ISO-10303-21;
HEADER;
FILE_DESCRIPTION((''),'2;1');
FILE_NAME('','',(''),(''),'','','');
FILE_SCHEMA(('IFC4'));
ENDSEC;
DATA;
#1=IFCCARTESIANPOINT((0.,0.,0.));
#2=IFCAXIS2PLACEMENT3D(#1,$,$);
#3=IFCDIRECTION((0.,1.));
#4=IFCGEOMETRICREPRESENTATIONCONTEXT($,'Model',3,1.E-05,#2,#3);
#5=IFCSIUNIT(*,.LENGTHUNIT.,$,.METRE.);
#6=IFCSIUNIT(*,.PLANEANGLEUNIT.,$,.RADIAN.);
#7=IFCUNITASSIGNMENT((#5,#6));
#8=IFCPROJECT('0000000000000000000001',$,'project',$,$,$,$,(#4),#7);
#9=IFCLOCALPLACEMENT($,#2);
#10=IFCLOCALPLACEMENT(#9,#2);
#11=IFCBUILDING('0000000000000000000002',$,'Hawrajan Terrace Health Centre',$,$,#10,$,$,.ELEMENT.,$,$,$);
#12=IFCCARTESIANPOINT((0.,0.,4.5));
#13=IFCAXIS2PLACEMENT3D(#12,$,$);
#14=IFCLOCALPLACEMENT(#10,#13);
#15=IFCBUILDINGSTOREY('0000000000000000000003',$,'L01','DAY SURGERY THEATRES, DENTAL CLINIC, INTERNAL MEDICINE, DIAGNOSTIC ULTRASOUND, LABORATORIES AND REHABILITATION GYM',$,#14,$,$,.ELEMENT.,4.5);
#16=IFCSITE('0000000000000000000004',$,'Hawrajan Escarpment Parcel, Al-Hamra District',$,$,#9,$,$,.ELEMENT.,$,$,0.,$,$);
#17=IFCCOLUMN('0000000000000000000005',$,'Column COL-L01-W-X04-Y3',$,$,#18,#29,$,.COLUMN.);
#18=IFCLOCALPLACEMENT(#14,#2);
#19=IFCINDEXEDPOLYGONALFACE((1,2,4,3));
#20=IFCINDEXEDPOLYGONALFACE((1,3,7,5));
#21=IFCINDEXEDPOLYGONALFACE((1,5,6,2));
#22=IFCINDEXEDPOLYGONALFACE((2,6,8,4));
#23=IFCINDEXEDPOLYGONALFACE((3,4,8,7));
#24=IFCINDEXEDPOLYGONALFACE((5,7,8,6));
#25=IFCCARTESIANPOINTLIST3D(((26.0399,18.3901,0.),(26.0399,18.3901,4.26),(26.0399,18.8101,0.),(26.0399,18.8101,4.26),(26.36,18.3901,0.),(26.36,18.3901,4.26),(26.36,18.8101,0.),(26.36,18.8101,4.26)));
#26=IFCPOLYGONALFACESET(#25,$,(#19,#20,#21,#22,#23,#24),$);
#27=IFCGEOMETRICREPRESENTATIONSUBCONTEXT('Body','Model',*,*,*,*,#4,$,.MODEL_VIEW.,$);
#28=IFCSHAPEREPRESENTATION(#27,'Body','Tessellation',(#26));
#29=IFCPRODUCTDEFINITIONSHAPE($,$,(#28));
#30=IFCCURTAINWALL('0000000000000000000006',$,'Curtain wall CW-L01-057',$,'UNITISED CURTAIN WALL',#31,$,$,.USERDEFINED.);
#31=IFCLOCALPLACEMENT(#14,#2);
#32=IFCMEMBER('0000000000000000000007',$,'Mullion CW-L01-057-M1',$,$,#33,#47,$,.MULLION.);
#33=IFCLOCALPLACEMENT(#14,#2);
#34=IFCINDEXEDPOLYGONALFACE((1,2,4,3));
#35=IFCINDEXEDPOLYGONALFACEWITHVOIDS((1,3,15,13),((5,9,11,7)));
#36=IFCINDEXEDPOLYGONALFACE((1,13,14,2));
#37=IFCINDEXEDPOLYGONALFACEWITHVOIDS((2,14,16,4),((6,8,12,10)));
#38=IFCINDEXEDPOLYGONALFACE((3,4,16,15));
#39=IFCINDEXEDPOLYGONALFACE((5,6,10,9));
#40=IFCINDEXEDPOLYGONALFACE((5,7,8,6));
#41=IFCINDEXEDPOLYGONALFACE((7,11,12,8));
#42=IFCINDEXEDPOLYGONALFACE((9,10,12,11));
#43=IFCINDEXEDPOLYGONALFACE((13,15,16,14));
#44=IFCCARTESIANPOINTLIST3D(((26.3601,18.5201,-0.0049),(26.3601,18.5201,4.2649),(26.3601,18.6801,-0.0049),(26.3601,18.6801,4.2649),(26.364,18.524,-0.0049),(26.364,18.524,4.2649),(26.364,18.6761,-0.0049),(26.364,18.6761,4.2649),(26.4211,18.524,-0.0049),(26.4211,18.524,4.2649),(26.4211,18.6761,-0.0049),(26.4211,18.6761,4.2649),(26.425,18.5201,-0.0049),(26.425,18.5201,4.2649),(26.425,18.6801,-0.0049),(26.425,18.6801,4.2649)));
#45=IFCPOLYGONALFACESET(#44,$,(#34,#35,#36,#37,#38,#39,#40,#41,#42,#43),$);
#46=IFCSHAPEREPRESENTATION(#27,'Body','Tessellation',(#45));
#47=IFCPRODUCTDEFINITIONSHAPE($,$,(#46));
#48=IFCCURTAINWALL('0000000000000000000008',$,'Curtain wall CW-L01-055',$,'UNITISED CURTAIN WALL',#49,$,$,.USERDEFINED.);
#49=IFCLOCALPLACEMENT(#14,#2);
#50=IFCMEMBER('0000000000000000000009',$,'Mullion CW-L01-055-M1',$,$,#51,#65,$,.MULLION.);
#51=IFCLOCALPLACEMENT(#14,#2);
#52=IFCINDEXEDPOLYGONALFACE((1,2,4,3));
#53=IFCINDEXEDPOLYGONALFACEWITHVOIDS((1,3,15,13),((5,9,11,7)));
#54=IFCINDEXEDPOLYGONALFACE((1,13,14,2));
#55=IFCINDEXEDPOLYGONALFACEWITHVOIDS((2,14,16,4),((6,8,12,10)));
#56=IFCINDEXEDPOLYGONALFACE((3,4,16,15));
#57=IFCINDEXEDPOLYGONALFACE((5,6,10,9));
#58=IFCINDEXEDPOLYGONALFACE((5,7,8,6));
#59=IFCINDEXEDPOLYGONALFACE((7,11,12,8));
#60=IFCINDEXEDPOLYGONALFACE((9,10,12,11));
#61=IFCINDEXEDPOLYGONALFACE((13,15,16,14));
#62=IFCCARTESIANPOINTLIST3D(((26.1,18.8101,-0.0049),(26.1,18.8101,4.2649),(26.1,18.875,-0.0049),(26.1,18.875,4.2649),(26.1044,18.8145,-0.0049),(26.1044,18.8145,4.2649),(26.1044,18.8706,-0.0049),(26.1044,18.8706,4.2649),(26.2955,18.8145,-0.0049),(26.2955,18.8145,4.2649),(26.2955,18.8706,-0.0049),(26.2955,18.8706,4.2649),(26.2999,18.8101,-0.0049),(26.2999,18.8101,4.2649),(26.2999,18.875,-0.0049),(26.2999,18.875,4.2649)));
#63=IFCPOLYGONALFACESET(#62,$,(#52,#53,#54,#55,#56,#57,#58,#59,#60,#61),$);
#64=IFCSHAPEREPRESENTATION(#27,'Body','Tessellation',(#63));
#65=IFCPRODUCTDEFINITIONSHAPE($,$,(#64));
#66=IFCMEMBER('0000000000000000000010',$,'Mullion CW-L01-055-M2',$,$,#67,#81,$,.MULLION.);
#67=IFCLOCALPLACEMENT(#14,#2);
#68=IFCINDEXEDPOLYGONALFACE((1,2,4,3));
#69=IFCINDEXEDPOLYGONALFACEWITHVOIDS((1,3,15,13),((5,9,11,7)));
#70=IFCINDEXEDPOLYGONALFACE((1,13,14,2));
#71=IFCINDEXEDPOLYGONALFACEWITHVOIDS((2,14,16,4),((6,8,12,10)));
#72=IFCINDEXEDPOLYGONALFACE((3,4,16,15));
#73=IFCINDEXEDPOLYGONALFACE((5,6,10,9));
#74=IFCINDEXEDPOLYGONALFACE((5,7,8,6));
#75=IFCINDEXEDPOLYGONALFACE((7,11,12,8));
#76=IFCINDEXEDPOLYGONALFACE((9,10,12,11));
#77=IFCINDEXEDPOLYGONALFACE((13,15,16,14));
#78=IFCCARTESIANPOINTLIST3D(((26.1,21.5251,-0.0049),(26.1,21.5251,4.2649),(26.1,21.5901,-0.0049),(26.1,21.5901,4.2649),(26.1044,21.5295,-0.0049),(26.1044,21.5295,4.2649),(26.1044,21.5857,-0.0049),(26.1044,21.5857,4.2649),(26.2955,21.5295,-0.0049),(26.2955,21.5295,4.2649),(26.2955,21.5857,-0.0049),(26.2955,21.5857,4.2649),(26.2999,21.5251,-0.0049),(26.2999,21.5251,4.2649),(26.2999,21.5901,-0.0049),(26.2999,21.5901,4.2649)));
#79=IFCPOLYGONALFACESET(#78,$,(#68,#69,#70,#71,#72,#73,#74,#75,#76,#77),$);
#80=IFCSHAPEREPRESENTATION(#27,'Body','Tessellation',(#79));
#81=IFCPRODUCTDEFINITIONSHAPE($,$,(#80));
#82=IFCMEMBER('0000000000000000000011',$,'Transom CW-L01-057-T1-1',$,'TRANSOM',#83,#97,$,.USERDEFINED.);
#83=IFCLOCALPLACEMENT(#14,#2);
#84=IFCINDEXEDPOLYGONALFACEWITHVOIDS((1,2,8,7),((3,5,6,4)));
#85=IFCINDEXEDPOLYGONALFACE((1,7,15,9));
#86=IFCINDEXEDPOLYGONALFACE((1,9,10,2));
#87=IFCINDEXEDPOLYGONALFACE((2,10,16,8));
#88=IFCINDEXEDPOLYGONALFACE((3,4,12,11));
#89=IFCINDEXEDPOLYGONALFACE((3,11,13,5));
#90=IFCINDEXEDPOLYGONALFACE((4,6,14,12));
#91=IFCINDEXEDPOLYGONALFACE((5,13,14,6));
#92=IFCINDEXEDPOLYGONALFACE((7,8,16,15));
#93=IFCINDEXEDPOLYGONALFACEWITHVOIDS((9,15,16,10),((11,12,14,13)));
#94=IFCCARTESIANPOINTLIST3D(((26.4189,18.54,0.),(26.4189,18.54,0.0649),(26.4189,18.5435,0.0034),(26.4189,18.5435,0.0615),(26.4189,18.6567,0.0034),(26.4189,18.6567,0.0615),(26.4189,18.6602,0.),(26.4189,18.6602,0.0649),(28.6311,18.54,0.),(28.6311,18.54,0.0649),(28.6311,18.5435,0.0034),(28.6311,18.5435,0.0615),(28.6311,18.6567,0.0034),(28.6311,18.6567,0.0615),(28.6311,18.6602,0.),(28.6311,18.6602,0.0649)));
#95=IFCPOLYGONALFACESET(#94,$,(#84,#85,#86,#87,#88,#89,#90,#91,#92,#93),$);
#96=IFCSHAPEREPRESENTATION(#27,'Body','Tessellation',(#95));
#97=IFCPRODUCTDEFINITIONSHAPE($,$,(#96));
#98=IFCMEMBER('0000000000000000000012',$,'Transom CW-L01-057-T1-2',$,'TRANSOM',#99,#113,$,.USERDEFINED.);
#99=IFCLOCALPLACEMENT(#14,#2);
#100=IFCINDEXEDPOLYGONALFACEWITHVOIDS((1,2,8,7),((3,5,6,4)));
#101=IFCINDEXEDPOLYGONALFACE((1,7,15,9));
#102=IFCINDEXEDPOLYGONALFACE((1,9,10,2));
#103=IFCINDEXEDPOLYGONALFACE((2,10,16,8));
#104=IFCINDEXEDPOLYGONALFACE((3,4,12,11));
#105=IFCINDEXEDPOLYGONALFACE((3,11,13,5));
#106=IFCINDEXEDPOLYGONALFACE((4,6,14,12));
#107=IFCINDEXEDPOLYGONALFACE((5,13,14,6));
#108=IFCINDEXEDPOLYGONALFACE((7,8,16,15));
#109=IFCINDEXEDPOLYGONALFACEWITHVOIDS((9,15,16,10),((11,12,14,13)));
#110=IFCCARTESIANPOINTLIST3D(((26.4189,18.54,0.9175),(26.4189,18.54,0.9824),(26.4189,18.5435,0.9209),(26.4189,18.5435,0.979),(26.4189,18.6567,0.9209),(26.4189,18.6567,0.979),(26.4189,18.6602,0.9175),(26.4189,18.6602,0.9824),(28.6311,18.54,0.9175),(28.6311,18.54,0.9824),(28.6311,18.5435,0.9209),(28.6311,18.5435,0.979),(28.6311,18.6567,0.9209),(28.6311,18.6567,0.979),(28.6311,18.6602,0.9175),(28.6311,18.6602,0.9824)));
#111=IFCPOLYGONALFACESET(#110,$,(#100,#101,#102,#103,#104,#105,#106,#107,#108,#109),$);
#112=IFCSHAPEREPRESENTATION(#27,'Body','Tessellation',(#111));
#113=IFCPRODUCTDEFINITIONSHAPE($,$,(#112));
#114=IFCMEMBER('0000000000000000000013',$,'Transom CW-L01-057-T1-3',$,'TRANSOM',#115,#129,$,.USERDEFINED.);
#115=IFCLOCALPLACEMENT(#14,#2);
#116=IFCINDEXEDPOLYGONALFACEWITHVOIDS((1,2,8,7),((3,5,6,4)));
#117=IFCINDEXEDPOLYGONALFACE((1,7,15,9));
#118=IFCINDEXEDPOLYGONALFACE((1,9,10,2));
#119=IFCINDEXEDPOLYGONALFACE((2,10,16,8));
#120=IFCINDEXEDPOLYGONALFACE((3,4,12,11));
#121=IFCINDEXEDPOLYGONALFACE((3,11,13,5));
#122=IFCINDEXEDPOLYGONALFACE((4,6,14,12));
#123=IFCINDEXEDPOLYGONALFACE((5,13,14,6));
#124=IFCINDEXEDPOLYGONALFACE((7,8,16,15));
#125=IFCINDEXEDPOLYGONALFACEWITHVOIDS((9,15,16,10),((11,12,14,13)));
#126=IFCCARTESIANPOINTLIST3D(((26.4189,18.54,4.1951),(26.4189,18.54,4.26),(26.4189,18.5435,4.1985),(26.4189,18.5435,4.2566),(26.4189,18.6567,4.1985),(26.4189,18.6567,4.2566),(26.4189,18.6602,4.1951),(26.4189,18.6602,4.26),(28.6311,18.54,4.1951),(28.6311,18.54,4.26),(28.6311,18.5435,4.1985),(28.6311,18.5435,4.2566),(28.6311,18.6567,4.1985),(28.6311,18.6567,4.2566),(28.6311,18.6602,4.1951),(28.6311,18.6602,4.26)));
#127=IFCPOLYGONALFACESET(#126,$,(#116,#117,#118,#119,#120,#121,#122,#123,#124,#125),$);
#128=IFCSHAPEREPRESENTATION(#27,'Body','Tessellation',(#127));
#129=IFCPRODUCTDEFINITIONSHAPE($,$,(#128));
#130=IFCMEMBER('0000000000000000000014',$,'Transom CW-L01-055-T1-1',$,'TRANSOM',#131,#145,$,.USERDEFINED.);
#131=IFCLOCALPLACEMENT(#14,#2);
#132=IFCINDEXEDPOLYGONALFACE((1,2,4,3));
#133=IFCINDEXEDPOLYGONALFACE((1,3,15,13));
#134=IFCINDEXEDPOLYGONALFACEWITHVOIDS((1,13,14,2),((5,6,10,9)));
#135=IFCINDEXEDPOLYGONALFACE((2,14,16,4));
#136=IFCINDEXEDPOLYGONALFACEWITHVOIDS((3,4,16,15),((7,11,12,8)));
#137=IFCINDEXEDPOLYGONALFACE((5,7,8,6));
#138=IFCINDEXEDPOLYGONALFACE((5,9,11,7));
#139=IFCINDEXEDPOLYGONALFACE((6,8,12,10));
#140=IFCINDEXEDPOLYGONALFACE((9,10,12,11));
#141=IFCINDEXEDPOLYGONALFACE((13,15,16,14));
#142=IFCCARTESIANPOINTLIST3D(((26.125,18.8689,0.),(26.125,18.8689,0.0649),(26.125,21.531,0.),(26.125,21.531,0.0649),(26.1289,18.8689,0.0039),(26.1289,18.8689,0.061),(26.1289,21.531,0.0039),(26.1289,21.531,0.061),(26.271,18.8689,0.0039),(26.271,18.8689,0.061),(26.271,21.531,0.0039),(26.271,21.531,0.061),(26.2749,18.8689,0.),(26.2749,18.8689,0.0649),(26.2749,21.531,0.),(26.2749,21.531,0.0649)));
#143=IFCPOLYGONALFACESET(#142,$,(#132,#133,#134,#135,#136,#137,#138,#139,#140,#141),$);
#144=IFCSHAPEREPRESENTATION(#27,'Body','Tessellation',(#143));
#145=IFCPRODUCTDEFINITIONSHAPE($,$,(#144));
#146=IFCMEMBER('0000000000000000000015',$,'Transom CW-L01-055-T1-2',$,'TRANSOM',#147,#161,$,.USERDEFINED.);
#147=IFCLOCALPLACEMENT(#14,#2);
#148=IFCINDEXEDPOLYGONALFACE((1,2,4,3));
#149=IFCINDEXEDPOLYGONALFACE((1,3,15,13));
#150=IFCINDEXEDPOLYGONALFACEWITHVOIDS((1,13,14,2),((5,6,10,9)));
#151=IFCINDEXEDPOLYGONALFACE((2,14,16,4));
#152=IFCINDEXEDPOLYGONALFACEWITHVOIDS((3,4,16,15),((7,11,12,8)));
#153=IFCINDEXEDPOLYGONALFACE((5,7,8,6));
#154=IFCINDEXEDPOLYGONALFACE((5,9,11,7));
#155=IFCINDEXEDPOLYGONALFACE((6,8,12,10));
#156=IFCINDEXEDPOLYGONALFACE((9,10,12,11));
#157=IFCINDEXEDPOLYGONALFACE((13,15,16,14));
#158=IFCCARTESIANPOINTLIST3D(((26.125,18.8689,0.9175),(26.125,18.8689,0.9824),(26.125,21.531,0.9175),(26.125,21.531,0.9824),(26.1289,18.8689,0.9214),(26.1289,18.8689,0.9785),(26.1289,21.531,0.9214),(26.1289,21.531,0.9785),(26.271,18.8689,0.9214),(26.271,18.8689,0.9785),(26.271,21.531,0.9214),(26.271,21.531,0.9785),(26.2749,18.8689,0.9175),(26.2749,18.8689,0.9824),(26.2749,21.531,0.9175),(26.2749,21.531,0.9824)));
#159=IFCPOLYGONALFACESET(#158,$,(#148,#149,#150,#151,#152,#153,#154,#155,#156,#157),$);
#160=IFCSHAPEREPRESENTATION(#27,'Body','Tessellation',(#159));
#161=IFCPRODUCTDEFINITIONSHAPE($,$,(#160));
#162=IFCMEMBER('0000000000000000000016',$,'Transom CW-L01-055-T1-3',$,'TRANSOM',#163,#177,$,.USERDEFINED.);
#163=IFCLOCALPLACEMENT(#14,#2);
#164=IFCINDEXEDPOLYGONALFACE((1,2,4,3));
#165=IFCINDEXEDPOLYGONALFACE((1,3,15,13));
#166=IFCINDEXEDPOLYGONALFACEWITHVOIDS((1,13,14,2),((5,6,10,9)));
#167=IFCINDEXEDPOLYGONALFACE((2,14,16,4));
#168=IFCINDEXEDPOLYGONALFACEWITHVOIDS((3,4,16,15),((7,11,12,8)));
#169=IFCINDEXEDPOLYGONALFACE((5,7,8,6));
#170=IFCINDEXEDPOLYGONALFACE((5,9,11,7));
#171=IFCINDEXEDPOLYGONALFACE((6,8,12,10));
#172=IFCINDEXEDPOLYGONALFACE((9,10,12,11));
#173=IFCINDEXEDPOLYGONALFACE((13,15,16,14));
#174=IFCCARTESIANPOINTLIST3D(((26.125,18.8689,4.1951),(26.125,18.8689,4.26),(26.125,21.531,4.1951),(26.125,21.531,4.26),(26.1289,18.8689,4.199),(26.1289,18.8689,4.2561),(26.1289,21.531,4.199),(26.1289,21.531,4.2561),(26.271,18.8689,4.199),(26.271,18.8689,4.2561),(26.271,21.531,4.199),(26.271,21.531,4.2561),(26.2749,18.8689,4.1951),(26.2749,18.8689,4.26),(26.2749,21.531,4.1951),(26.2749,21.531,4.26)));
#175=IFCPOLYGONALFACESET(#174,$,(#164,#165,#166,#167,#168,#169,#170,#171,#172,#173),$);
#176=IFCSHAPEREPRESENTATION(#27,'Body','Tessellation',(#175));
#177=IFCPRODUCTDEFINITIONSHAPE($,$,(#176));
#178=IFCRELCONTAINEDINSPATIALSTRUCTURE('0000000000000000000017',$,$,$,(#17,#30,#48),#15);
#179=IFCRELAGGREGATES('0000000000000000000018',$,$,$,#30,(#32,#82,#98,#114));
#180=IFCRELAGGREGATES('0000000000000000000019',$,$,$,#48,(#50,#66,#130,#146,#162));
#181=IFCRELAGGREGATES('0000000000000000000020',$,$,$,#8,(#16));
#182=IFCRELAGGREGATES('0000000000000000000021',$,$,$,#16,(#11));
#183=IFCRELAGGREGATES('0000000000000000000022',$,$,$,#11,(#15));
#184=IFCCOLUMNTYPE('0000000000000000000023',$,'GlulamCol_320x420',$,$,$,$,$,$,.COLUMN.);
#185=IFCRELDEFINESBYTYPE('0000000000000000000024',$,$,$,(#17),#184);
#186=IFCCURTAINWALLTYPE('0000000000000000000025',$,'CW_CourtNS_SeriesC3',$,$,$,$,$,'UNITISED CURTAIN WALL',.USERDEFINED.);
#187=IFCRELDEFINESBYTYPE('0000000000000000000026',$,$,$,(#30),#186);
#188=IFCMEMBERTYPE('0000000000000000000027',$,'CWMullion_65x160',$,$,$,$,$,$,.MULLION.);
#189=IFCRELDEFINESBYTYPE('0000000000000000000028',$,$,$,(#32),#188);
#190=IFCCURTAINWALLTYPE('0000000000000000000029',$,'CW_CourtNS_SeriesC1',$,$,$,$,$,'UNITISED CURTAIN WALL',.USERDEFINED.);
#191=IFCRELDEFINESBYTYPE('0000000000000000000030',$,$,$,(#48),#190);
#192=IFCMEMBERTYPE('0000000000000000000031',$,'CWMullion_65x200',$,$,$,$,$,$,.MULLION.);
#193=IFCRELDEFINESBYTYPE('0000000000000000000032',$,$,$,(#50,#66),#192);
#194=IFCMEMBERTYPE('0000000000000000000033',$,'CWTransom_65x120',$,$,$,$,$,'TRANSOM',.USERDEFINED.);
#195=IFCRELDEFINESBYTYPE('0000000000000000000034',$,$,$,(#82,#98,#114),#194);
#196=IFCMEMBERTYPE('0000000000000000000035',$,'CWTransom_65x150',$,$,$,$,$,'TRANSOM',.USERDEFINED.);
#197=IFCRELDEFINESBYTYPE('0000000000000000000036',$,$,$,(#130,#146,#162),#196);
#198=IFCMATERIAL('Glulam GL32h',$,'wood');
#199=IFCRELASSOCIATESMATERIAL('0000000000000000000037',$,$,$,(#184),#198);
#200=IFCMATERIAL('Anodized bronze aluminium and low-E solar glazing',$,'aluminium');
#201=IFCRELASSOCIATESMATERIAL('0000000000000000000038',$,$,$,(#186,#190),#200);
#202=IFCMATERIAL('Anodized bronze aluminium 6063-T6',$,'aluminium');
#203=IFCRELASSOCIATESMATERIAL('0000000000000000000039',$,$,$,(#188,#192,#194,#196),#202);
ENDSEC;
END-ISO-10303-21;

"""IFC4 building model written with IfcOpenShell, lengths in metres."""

from ifc_helpers import new_model, si_unit, direction, frame, origin, origin_2d, place, context, subcontext, project, spatial, rectangle, hollow_rectangle, extrude, material, material_profile, profile_set, type_object, element, aggregate, save


model = new_model("IFC4")

# Units and contexts
model_context = context("Model", 3, precision=1e-05, world=origin(), true_north=direction((0.0, 1.0)))
body_context = subcontext(model_context, "Body", "Model", "MODEL_VIEW")
ifc_project = project(units=[si_unit("LENGTHUNIT", "METRE"), si_unit("PLANEANGLEUNIT", "RADIAN")], contexts=[model_context])

# Site, building, storey
site_placement = place(None, origin())
site = spatial("IfcSite", under=ifc_project, at=site_placement, Name="Hawrajan Escarpment Parcel, Al-Hamra District", CompositionType="ELEMENT", RefElevation=0.0)
building_placement = place(site_placement, origin())
building = spatial("IfcBuilding", under=site, at=building_placement, Name="Hawrajan Terrace Health Centre", CompositionType="ELEMENT")
storey_placement = place(building_placement, frame((0.0, 0.0, 4.5)))
storey = spatial("IfcBuildingStorey", under=building, at=storey_placement, Name="L01", Description="DAY SURGERY THEATRES, DENTAL CLINIC, INTERNAL MEDICINE, DIAGNOSTIC ULTRASOUND, LABORATORIES AND REHABILITATION GYM", CompositionType="ELEMENT", Elevation=4.5)

# Column
ifc_material_1 = material(Name="Glulam GL32h", Category="wood")
ifc_material_profile_1 = material_profile(ifc_material_1, rectangle(XDim=0.3201, YDim=0.4199, at=origin_2d()), Name="GL 320x420")
ifc_profile_set_1 = profile_set([ifc_material_profile_1], Name="Glulam GL32h")
column_type = type_object("IfcColumnType", Name="GlulamCol_320x420", PredefinedType="COLUMN", material=ifc_profile_set_1)
column_placement = place(storey_placement, frame((26.2, 18.6001, 0.0), z_axis=(0.0, 0.0, 1.0), x_axis=(1.0, 0.0, 0.0)))
element("IfcColumn", 1, at=column_placement, inside=storey, type_object=column_type, Name="Column COL-L01-W-X04-Y3", PredefinedType="COLUMN", context=body_context, shape_type="SweptSolid", body=[
    extrude(rectangle(XDim=0.3201, YDim=0.4199, at=origin_2d()), origin(), (0.0, 0.0, 1.0), 4.26),
])

# Curtain wall, member
ifc_material_2 = material(Name="Anodized bronze aluminium and low-E solar glazing", Category="aluminium")
curtain_wall_type_1 = type_object("IfcCurtainWallType", Name="CW_CourtNS_SeriesC3", ElementType="UNITISED CURTAIN WALL", PredefinedType="USERDEFINED", material=ifc_material_2)
curtain_wall_1_placement = place(storey_placement, origin())
curtain_wall_1 = element("IfcCurtainWall", 2, at=curtain_wall_1_placement, inside=storey, type_object=curtain_wall_type_1, Name="Curtain wall CW-L01-057", ObjectType="UNITISED CURTAIN WALL", PredefinedType="USERDEFINED")
ifc_material_3 = material(Name="Anodized bronze aluminium 6063-T6", Category="aluminium")
ifc_material_profile_2 = material_profile(ifc_material_3, hollow_rectangle(XDim=0.0649, YDim=0.1599, WallThickness=0.0039, at=origin_2d()), Name="CW MUL 65x160")
ifc_profile_set_2 = profile_set([ifc_material_profile_2], Name="Anodized bronze aluminium 6063-T6")
member_type_1 = type_object("IfcMemberType", Name="CWMullion_65x160", PredefinedType="MULLION", material=ifc_profile_set_2)
member_1_placement = place(storey_placement, frame((26.3926, 18.6001, -0.0049), z_axis=(0.0, 0.0, 1.0), x_axis=(1.0, 0.0, 0.0)))
member_1 = element("IfcMember", 3, at=member_1_placement, type_object=member_type_1, Name="Mullion CW-L01-057-M1", PredefinedType="MULLION", context=body_context, shape_type="SweptSolid", body=[
    extrude(hollow_rectangle(XDim=0.0649, YDim=0.1599, WallThickness=0.0039, at=origin_2d()), origin(), (0.0, 0.0, 1.0), 4.2698),
])

# Curtain wall, members
curtain_wall_type_2 = type_object("IfcCurtainWallType", Name="CW_CourtNS_SeriesC1", ElementType="UNITISED CURTAIN WALL", PredefinedType="USERDEFINED", material=ifc_material_2)
curtain_wall_2_placement = place(storey_placement, origin())
curtain_wall_2 = element("IfcCurtainWall", 4, at=curtain_wall_2_placement, inside=storey, type_object=curtain_wall_type_2, Name="Curtain wall CW-L01-055", ObjectType="UNITISED CURTAIN WALL", PredefinedType="USERDEFINED")
ifc_material_profile_3 = material_profile(ifc_material_3, hollow_rectangle(XDim=0.0649, YDim=0.2, WallThickness=0.0044, at=origin_2d()), Name="CW MUL 65x200")
ifc_profile_set_3 = profile_set([ifc_material_profile_3], Name="Anodized bronze aluminium 6063-T6")
member_type_2 = type_object("IfcMemberType", Name="CWMullion_65x200", PredefinedType="MULLION", material=ifc_profile_set_3)
member_2_placement = place(storey_placement, frame((26.2, 18.8425, -0.0049), z_axis=(0.0, 0.0, 1.0), x_axis=(0.0, 1.0, 0.0)))
member_2 = element("IfcMember", 5, at=member_2_placement, type_object=member_type_2, Name="Mullion CW-L01-055-M1", PredefinedType="MULLION", context=body_context, shape_type="SweptSolid", body=[
    extrude(hollow_rectangle(XDim=0.0649, YDim=0.2, WallThickness=0.0044, at=origin_2d()), origin(), (0.0, 0.0, 1.0), 4.2698),
])
member_3_placement = place(storey_placement, frame((26.2, 21.5576, -0.0049), z_axis=(0.0, 0.0, 1.0), x_axis=(0.0, 1.0, 0.0)))
member_3 = element("IfcMember", 6, at=member_3_placement, type_object=member_type_2, Name="Mullion CW-L01-055-M2", PredefinedType="MULLION", context=body_context, shape_type="SweptSolid", body=[
    extrude(hollow_rectangle(XDim=0.0649, YDim=0.2, WallThickness=0.0044, at=origin_2d()), origin(), (0.0, 0.0, 1.0), 4.2698),
])

# Members
ifc_material_profile_4 = material_profile(ifc_material_3, hollow_rectangle(XDim=0.0649, YDim=0.1201, WallThickness=0.0034, at=origin_2d()), Name="CW TRN 65x120")
ifc_profile_set_4 = profile_set([ifc_material_profile_4], Name="Anodized bronze aluminium 6063-T6")
member_type_3 = type_object("IfcMemberType", Name="CWTransom_65x120", ElementType="TRANSOM", PredefinedType="USERDEFINED", material=ifc_profile_set_4)
member_4_placement = place(storey_placement, frame((26.4189, 18.6001, 0.0325), z_axis=(1.0, 0.0, 0.0), x_axis=(0.0, 0.0, 1.0)))
member_4 = element("IfcMember", 7, at=member_4_placement, type_object=member_type_3, Name="Transom CW-L01-057-T1-1", ObjectType="TRANSOM", PredefinedType="USERDEFINED", context=body_context, shape_type="SweptSolid", body=[
    extrude(hollow_rectangle(XDim=0.0649, YDim=0.1201, WallThickness=0.0034, at=origin_2d()), origin(), (0.0, 0.0, 1.0), 2.2122),
])
member_5_placement = place(storey_placement, frame((26.4189, 18.6001, 0.95), z_axis=(1.0, 0.0, 0.0), x_axis=(0.0, 0.0, 1.0)))
member_5 = element("IfcMember", 8, at=member_5_placement, type_object=member_type_3, Name="Transom CW-L01-057-T1-2", ObjectType="TRANSOM", PredefinedType="USERDEFINED", context=body_context, shape_type="SweptSolid", body=[
    extrude(hollow_rectangle(XDim=0.0649, YDim=0.1201, WallThickness=0.0034, at=origin_2d()), origin(), (0.0, 0.0, 1.0), 2.2122),
])
member_6_placement = place(storey_placement, frame((26.4189, 18.6001, 4.2275), z_axis=(1.0, 0.0, 0.0), x_axis=(0.0, 0.0, 1.0)))
member_6 = element("IfcMember", 9, at=member_6_placement, type_object=member_type_3, Name="Transom CW-L01-057-T1-3", ObjectType="TRANSOM", PredefinedType="USERDEFINED", context=body_context, shape_type="SweptSolid", body=[
    extrude(hollow_rectangle(XDim=0.0649, YDim=0.1201, WallThickness=0.0034, at=origin_2d()), origin(), (0.0, 0.0, 1.0), 2.2122),
])
aggregate(curtain_wall_1, [member_1, member_4, member_5, member_6])
ifc_material_profile_5 = material_profile(ifc_material_3, hollow_rectangle(XDim=0.0649, YDim=0.1499, WallThickness=0.0039, at=origin_2d()), Name="CW TRN 65x150")
ifc_profile_set_5 = profile_set([ifc_material_profile_5], Name="Anodized bronze aluminium 6063-T6")
member_type_4 = type_object("IfcMemberType", Name="CWTransom_65x150", ElementType="TRANSOM", PredefinedType="USERDEFINED", material=ifc_profile_set_5)
member_7_placement = place(storey_placement, frame((26.2, 18.8689, 0.0325), z_axis=(0.0, 1.0, 0.0), x_axis=(0.0, 0.0, 1.0)))
member_7 = element("IfcMember", 10, at=member_7_placement, type_object=member_type_4, Name="Transom CW-L01-055-T1-1", ObjectType="TRANSOM", PredefinedType="USERDEFINED", context=body_context, shape_type="SweptSolid", body=[
    extrude(hollow_rectangle(XDim=0.0649, YDim=0.1499, WallThickness=0.0039, at=origin_2d()), origin(), (0.0, 0.0, 1.0), 2.6621),
])
member_8_placement = place(storey_placement, frame((26.2, 18.8689, 0.95), z_axis=(0.0, 1.0, 0.0), x_axis=(0.0, 0.0, 1.0)))
member_8 = element("IfcMember", 11, at=member_8_placement, type_object=member_type_4, Name="Transom CW-L01-055-T1-2", ObjectType="TRANSOM", PredefinedType="USERDEFINED", context=body_context, shape_type="SweptSolid", body=[
    extrude(hollow_rectangle(XDim=0.0649, YDim=0.1499, WallThickness=0.0039, at=origin_2d()), origin(), (0.0, 0.0, 1.0), 2.6621),
])
member_9_placement = place(storey_placement, frame((26.2, 18.8689, 4.2275), z_axis=(0.0, 1.0, 0.0), x_axis=(0.0, 0.0, 1.0)))
member_9 = element("IfcMember", 12, at=member_9_placement, type_object=member_type_4, Name="Transom CW-L01-055-T1-3", ObjectType="TRANSOM", PredefinedType="USERDEFINED", context=body_context, shape_type="SweptSolid", body=[
    extrude(hollow_rectangle(XDim=0.0649, YDim=0.1499, WallThickness=0.0039, at=origin_2d()), origin(), (0.0, 0.0, 1.0), 2.6621),
])

aggregate(curtain_wall_2, [member_2, member_3, member_7, member_8, member_9])

save(model, "model.ifc")
